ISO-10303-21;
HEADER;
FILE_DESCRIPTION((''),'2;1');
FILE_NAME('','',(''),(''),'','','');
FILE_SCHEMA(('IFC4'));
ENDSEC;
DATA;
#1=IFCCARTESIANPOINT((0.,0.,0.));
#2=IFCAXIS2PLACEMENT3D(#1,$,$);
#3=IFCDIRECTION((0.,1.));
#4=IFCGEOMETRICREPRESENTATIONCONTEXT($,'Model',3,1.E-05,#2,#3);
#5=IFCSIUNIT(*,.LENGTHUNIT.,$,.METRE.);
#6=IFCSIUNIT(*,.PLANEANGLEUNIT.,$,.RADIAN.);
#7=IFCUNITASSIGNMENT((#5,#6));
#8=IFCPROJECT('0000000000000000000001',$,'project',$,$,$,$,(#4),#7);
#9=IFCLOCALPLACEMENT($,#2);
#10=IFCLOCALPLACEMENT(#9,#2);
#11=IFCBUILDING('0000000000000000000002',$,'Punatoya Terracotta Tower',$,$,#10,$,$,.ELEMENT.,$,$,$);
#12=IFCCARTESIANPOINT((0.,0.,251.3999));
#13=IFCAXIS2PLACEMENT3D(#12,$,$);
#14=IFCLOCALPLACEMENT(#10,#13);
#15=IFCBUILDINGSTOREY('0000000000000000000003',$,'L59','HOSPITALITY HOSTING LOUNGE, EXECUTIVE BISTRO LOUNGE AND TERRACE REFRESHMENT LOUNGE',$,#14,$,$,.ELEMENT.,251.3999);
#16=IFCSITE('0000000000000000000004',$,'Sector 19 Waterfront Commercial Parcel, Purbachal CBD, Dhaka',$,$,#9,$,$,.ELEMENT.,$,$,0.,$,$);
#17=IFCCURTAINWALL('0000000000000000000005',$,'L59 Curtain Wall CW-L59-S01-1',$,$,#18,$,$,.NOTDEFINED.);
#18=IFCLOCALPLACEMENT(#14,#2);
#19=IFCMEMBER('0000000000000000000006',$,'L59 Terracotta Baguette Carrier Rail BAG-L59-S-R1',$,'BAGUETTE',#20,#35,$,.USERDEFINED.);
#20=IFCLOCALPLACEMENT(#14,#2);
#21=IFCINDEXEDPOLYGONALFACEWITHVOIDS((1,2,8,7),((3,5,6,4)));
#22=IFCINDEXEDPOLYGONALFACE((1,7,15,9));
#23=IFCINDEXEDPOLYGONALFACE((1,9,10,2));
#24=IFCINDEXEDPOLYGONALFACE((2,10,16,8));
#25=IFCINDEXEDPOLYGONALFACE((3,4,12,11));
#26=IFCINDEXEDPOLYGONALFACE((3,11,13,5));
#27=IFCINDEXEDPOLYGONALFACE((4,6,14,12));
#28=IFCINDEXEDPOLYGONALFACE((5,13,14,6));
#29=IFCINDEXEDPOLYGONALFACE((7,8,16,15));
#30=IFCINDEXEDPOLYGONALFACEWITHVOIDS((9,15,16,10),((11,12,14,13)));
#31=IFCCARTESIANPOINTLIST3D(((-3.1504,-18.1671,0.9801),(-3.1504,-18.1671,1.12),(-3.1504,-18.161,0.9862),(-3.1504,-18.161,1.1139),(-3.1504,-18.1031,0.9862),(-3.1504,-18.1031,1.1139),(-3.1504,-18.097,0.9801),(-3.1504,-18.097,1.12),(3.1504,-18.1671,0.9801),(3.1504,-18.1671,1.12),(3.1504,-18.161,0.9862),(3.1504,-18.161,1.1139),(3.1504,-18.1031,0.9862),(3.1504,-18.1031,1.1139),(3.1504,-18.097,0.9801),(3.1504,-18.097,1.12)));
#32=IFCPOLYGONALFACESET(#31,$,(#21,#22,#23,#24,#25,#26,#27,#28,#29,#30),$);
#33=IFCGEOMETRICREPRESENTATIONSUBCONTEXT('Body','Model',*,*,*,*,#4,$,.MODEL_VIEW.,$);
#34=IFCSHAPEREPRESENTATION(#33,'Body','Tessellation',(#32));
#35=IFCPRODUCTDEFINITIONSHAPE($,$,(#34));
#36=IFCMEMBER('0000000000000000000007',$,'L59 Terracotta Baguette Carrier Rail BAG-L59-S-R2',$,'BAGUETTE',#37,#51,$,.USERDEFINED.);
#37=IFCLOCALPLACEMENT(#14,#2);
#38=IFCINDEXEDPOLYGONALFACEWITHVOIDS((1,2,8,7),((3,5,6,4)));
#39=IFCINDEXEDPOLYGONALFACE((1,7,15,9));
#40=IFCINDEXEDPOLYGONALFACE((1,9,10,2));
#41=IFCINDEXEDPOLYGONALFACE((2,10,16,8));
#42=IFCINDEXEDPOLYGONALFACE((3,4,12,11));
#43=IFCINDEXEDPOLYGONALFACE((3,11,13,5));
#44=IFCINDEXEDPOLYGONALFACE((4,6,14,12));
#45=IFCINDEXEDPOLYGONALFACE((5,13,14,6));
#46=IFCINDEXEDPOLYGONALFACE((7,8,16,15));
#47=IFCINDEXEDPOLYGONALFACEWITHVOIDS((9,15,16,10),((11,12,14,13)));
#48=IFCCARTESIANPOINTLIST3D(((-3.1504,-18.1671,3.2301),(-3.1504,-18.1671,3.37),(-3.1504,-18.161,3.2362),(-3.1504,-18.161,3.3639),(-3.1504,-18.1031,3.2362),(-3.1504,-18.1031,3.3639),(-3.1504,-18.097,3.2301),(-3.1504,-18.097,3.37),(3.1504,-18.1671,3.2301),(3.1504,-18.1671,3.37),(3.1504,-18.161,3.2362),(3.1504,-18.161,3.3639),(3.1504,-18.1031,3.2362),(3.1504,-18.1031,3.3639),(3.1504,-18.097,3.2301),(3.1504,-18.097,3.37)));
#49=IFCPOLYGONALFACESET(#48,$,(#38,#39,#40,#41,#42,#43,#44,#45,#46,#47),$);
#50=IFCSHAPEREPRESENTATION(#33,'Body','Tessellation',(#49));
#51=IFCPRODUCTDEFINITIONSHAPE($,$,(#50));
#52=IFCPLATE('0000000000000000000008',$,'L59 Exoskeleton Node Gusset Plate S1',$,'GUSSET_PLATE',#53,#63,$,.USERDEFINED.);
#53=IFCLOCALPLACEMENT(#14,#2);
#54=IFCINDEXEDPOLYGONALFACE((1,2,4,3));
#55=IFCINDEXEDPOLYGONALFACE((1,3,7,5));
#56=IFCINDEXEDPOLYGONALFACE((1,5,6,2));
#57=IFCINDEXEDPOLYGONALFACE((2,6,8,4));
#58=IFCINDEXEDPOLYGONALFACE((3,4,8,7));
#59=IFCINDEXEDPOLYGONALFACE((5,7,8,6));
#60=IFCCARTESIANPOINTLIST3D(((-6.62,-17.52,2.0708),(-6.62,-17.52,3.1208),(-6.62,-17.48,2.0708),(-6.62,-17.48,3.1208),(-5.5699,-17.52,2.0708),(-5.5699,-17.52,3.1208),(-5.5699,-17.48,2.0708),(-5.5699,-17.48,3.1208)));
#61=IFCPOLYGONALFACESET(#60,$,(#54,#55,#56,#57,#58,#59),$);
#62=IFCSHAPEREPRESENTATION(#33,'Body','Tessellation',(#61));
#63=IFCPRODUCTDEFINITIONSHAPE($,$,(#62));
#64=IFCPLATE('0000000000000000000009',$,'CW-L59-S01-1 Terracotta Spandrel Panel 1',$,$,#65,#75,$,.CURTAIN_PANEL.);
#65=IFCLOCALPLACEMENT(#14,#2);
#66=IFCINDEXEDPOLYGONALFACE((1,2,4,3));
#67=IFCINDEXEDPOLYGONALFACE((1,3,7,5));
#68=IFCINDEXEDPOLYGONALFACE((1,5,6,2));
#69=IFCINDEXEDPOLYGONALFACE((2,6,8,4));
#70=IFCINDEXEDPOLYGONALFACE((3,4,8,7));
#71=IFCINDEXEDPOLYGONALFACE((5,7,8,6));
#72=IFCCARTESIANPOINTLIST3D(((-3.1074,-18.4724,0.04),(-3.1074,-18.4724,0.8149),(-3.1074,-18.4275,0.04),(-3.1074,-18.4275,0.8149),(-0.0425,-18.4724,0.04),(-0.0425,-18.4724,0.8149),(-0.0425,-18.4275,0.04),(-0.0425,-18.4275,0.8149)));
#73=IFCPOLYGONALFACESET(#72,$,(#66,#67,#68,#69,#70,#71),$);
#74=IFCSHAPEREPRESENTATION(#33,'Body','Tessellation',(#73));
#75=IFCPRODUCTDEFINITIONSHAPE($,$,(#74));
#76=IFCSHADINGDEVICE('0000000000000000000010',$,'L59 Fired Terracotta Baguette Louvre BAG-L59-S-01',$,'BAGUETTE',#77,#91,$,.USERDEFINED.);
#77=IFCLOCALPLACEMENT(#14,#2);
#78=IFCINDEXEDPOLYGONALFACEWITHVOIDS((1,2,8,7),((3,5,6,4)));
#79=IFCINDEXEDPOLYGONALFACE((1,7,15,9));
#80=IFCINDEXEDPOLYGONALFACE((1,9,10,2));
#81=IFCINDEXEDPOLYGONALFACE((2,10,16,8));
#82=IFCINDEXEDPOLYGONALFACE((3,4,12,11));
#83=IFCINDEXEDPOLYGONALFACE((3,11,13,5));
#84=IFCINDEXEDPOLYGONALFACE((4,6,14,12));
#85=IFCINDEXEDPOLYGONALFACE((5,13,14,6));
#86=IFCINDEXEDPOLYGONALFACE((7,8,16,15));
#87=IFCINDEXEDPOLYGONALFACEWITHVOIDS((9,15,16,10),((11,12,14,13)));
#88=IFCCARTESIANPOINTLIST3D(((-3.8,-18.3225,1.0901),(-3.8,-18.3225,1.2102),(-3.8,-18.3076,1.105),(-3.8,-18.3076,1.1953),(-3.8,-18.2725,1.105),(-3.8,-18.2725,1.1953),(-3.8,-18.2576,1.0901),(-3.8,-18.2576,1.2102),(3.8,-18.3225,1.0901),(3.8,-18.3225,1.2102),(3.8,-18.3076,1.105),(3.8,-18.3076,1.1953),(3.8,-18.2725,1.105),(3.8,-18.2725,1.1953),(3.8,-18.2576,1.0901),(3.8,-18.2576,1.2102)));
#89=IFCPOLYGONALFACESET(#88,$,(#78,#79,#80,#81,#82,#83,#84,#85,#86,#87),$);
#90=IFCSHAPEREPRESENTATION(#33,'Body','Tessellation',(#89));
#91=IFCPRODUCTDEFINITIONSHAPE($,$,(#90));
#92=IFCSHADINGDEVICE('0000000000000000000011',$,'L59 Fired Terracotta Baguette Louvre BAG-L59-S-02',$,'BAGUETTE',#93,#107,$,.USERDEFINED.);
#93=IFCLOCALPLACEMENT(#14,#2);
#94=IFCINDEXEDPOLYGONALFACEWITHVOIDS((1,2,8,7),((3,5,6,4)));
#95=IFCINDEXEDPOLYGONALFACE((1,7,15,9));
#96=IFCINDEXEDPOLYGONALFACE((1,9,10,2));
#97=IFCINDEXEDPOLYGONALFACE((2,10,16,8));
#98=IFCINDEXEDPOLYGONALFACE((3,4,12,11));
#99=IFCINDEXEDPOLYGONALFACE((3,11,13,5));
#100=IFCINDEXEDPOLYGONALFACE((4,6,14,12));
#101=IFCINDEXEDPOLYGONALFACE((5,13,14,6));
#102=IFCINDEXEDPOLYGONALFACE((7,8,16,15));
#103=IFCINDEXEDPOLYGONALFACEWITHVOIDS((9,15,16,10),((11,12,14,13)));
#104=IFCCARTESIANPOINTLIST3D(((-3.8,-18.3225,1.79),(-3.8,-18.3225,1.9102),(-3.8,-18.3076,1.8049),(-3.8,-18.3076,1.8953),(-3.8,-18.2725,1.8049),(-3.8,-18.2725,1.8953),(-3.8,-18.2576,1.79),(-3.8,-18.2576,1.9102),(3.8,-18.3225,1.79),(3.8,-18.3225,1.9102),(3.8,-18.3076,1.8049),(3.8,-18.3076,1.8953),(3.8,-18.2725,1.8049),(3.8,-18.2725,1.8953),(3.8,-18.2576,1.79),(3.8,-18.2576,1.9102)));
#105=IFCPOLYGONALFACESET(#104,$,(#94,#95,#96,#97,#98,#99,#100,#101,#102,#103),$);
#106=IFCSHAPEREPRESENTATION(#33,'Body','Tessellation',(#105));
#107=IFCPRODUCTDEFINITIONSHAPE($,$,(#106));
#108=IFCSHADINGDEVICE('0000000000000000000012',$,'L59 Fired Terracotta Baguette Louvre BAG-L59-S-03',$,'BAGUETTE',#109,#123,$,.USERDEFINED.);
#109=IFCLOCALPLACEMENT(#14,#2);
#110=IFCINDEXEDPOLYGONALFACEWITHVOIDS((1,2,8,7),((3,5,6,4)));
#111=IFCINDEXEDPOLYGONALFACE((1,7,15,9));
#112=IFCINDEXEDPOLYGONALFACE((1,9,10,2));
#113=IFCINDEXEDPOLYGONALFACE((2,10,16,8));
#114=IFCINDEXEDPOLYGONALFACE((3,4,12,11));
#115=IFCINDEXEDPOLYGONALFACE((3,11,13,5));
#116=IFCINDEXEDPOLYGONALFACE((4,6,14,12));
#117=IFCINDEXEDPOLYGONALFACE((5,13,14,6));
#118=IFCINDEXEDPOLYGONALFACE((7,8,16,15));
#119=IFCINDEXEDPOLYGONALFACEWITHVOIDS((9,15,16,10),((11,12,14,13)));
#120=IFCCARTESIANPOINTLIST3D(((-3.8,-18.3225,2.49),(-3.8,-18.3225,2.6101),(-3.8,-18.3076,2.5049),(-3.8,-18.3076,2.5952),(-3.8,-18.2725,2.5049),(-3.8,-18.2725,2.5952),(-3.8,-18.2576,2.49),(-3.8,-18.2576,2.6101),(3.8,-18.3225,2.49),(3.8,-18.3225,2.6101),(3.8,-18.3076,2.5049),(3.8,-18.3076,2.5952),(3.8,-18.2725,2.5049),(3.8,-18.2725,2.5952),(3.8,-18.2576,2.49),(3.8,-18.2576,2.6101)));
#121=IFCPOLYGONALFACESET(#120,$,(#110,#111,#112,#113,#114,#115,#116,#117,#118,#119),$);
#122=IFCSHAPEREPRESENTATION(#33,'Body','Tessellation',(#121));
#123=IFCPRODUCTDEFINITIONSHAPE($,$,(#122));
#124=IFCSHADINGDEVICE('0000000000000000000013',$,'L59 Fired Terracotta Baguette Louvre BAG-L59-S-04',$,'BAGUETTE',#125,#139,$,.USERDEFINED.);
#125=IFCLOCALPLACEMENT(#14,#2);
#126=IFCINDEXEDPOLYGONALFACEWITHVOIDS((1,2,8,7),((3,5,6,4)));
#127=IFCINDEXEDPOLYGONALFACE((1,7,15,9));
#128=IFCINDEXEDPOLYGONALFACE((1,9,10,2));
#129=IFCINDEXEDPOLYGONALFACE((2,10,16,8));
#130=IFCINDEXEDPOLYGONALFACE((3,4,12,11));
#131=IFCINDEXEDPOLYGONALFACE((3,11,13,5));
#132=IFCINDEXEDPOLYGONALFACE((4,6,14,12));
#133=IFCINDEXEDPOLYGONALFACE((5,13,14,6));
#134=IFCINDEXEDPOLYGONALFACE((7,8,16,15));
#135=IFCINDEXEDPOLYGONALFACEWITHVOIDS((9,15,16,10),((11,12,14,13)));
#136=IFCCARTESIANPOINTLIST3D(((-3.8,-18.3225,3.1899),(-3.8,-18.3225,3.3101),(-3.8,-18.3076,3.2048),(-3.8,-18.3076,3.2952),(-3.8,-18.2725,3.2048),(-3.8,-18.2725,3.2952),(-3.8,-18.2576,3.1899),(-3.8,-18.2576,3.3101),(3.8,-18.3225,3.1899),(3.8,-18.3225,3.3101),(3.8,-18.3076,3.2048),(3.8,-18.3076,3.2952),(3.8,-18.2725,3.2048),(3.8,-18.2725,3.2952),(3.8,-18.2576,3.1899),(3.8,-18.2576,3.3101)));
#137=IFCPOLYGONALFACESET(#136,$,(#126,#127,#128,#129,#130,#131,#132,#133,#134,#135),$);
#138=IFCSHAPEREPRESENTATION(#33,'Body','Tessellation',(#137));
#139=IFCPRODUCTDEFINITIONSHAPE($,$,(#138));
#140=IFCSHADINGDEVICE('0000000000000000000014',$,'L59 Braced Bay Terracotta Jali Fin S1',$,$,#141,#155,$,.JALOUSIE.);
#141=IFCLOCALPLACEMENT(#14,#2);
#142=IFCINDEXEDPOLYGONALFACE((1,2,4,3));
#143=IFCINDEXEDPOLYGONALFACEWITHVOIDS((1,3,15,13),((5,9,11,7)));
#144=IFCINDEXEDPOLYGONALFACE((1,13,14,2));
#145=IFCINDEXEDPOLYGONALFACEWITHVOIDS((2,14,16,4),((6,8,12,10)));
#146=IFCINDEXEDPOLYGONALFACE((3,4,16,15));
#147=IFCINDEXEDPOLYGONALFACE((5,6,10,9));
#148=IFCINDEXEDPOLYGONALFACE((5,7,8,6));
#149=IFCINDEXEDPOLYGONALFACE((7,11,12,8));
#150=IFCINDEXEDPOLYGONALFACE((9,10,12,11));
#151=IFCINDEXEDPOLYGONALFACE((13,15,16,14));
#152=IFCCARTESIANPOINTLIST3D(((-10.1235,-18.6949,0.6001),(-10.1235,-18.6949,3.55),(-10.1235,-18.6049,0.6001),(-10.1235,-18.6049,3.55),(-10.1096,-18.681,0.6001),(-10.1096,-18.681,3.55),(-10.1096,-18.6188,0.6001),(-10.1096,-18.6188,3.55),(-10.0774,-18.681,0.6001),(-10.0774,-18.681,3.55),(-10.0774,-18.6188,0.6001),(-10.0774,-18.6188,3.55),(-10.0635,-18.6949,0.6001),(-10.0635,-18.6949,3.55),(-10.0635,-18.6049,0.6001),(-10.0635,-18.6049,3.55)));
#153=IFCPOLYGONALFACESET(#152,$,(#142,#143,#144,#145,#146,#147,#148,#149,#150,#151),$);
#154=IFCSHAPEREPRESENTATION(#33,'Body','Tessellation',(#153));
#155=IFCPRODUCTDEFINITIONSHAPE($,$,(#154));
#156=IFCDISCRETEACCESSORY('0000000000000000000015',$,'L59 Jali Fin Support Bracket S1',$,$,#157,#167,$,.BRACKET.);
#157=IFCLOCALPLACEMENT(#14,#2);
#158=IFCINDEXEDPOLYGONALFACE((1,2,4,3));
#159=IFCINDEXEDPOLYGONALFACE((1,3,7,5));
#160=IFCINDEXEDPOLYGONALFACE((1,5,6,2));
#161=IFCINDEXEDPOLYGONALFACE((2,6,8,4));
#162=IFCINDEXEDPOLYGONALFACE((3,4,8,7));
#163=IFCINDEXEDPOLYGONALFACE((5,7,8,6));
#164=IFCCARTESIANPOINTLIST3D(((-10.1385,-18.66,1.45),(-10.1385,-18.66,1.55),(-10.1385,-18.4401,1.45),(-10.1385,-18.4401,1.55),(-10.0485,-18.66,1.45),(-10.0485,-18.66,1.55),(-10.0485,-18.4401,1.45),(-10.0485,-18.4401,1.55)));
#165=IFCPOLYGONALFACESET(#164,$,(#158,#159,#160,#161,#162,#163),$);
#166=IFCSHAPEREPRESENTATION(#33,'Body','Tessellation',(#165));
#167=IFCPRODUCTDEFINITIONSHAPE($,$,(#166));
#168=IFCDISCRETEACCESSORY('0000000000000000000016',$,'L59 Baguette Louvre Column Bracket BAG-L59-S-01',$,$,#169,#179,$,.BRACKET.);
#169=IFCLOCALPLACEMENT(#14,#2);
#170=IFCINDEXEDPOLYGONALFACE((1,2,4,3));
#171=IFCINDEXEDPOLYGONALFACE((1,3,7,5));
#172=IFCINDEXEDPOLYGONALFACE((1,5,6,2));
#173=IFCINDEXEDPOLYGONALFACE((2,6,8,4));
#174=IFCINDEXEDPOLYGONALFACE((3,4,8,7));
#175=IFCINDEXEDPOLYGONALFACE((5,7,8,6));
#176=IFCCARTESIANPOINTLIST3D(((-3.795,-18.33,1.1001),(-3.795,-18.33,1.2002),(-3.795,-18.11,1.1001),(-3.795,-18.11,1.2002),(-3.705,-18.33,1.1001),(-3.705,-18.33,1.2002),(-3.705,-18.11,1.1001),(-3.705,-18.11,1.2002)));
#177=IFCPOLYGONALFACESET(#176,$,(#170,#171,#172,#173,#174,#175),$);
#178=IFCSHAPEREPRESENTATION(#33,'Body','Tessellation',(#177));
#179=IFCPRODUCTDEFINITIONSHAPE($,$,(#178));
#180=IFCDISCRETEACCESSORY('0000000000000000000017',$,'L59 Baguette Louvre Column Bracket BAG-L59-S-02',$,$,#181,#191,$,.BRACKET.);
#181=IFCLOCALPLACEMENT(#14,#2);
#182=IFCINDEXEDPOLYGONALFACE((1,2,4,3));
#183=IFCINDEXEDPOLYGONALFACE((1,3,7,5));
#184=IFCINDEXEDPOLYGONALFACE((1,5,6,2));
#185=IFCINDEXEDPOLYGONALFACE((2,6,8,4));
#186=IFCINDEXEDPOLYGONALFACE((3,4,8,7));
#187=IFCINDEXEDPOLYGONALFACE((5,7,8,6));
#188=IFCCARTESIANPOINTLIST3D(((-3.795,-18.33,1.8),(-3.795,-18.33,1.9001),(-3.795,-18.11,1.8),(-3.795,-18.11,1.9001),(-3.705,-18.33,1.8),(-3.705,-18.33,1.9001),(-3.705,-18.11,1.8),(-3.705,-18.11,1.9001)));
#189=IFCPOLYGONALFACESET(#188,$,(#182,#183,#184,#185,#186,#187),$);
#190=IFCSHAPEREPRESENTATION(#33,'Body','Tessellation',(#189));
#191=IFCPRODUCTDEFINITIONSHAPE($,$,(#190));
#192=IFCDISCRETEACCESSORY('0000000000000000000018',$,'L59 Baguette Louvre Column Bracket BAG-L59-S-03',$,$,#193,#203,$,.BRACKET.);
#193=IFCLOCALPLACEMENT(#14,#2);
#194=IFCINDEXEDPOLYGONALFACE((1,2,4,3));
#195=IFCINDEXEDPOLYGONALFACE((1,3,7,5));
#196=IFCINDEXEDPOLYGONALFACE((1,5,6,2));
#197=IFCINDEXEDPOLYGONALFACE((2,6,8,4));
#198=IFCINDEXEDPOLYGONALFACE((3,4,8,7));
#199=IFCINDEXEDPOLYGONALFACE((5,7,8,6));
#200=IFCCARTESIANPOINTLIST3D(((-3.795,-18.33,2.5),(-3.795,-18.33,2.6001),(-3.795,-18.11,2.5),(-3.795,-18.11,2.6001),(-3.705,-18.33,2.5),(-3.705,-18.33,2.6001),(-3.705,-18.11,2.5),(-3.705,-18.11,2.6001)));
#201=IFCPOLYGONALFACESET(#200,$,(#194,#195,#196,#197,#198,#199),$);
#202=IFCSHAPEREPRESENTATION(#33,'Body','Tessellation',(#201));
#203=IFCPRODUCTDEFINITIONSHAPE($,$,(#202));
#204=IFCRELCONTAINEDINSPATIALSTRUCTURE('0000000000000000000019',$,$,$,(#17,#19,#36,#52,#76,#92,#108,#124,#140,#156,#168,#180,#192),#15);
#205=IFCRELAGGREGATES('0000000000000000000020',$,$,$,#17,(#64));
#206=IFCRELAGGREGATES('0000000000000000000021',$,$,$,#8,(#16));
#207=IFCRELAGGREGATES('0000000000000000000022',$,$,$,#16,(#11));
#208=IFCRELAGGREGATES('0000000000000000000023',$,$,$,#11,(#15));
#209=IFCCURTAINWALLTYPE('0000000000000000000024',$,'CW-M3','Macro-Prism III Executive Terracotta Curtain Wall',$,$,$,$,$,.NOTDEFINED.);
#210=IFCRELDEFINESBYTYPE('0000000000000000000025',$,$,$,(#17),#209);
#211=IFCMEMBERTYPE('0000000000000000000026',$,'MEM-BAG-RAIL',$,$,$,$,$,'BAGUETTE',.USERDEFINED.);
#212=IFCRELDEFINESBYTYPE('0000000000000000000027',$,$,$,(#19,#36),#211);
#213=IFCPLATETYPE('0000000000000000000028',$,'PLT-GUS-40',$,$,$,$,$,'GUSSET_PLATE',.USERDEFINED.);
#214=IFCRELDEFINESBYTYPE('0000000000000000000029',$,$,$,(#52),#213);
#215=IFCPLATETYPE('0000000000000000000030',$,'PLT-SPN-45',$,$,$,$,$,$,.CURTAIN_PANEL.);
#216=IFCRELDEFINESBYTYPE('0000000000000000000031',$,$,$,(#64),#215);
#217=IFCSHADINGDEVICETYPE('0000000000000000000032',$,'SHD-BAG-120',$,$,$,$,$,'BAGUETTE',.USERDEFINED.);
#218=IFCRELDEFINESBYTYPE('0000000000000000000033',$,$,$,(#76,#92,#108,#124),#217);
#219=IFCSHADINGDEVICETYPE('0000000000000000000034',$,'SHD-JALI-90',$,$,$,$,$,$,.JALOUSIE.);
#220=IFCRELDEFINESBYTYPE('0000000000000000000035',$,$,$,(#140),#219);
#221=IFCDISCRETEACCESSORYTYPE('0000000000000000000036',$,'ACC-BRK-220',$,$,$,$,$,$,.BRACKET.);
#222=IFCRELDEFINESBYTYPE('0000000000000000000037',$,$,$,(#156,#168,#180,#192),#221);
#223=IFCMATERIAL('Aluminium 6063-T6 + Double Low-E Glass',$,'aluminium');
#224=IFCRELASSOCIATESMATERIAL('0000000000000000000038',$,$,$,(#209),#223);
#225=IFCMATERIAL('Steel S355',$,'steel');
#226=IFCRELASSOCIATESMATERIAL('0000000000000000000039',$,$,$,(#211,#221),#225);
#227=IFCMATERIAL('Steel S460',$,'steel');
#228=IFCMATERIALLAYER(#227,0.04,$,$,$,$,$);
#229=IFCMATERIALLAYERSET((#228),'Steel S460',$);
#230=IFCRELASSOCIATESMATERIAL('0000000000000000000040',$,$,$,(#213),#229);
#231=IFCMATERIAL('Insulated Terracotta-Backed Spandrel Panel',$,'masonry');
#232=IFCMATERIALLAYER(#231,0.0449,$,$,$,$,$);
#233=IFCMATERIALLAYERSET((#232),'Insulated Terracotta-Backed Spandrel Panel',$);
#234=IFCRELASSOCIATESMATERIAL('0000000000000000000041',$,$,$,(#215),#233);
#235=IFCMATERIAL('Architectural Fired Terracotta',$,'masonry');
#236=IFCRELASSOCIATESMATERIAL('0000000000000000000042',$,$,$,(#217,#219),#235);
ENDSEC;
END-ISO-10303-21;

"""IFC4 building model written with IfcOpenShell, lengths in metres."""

from ifc_helpers import new_model, si_unit, direction, frame, origin, origin_2d, place, context, subcontext, project, spatial, rectangle, hollow_rectangle, extrude, material, layer, layer_set, material_profile, profile_set, type_object, element, aggregate, save


model = new_model("IFC4")

# Units and contexts
model_context = context("Model", 3, precision=1e-05, world=origin(), true_north=direction((0.0, 1.0)))
body_context = subcontext(model_context, "Body", "Model", "MODEL_VIEW")
ifc_project = project(units=[si_unit("LENGTHUNIT", "METRE"), si_unit("PLANEANGLEUNIT", "RADIAN")], contexts=[model_context])

# Site, building, storey
site_placement = place(None, origin())
site = spatial("IfcSite", under=ifc_project, at=site_placement, Name="Sector 19 Waterfront Commercial Parcel, Purbachal CBD, Dhaka", CompositionType="ELEMENT", RefElevation=0.0)
building_placement = place(site_placement, origin())
building = spatial("IfcBuilding", under=site, at=building_placement, Name="Punatoya Terracotta Tower", CompositionType="ELEMENT")
storey_placement = place(building_placement, frame((0.0, 0.0, 251.3999)))
storey = spatial("IfcBuildingStorey", under=building, at=storey_placement, Name="L59", Description="HOSPITALITY HOSTING LOUNGE, EXECUTIVE BISTRO LOUNGE AND TERRACE REFRESHMENT LOUNGE", CompositionType="ELEMENT", Elevation=251.3999)

# Shared definitions
ifc_material_1 = material(Name="Steel S460", Category="steel")

# Curtain wall
ifc_material_2 = material(Name="Aluminium 6063-T6 + Double Low-E Glass", Category="aluminium")
curtain_wall_type = type_object("IfcCurtainWallType", Name="CW-M3", Description="Macro-Prism III Executive Terracotta Curtain Wall", PredefinedType="NOTDEFINED", material=ifc_material_2)
curtain_wall_placement = place(storey_placement, origin())
curtain_wall = element("IfcCurtainWall", 1, at=curtain_wall_placement, inside=storey, type_object=curtain_wall_type, Name="L59 Curtain Wall CW-L59-S01-1", PredefinedType="NOTDEFINED")

# Members
ifc_material_3 = material(Name="Steel S355", Category="steel")
ifc_material_profile_1 = material_profile(ifc_material_3, hollow_rectangle(XDim=0.0701, YDim=0.1399, WallThickness=0.0061, at=origin_2d()))
ifc_profile_set_1 = profile_set([ifc_material_profile_1], Name="Steel S355")
member_type_1 = type_object("IfcMemberType", Name="MEM-BAG-RAIL", ElementType="BAGUETTE", PredefinedType="USERDEFINED", material=ifc_profile_set_1)
for number, where, z_axis, x_axis, name in (
    (2, (-3.1504, -18.1321, 1.05), (1.0, 0.0, 0.0), (0.0, 1.0, 0.0), "L59 Terracotta Baguette Carrier Rail BAG-L59-S-R1"),
    (3, (-3.1504, -18.1321, 3.3), (1.0, 0.0, 0.0), (0.0, 1.0, 0.0), "L59 Terracotta Baguette Carrier Rail BAG-L59-S-R2"),
):
    element("IfcMember", number, at=place(storey_placement, frame(where, z_axis=z_axis, x_axis=x_axis)), inside=storey, type_object=member_type_1, Name=name, ObjectType="BAGUETTE", PredefinedType="USERDEFINED", context=body_context, shape_type="SweptSolid", body=[
        extrude(hollow_rectangle(XDim=0.0701, YDim=0.1399, WallThickness=0.0061, at=origin_2d()), origin(), (0.0, 0.0, 1.0), 6.3008),
    ])

# Plates
ifc_layer_1 = layer(ifc_material_1, 0.04)
ifc_layer_set_1 = layer_set([ifc_layer_1], Name="Steel S460")
plate_type_1 = type_object("IfcPlateType", Name="PLT-GUS-40", ElementType="GUSSET_PLATE", PredefinedType="USERDEFINED", material=ifc_layer_set_1)
plate_1_placement = place(storey_placement, frame((-6.095, -17.5, 2.0708), z_axis=(0.0, 0.0, 1.0), x_axis=(1.0, 0.0, 0.0)))
element("IfcPlate", 4, at=plate_1_placement, inside=storey, type_object=plate_type_1, Name="L59 Exoskeleton Node Gusset Plate S1", ObjectType="GUSSET_PLATE", PredefinedType="USERDEFINED", context=body_context, shape_type="SweptSolid", body=[
    extrude(rectangle(XDim=1.05, YDim=0.04, at=origin_2d()), origin(), (0.0, 0.0, 1.0), 1.05),
])
ifc_material_4 = material(Name="Insulated Terracotta-Backed Spandrel Panel", Category="masonry")
ifc_layer_2 = layer(ifc_material_4, 0.0449)
ifc_layer_set_2 = layer_set([ifc_layer_2], Name="Insulated Terracotta-Backed Spandrel Panel")
plate_type_2 = type_object("IfcPlateType", Name="PLT-SPN-45", PredefinedType="CURTAIN_PANEL", material=ifc_layer_set_2)
plate_2_placement = place(storey_placement, frame((-1.575, -18.45, 0.04), z_axis=(0.0, 0.0, 1.0), x_axis=(1.0, 0.0, 0.0)))
plate_2 = element("IfcPlate", 5, at=plate_2_placement, type_object=plate_type_2, Name="CW-L59-S01-1 Terracotta Spandrel Panel 1", PredefinedType="CURTAIN_PANEL", context=body_context, shape_type="SweptSolid", body=[
    extrude(rectangle(XDim=3.0649, YDim=0.0449, at=origin_2d()), origin(), (0.0, 0.0, 1.0), 0.7749),
])
aggregate(curtain_wall, [plate_2])

# Shading devices
ifc_material_5 = material(Name="Architectural Fired Terracotta", Category="masonry")
ifc_material_profile_2 = material_profile(ifc_material_5, hollow_rectangle(XDim=0.0649, YDim=0.1201, WallThickness=0.0149, at=origin_2d()))
ifc_profile_set_2 = profile_set([ifc_material_profile_2], Name="Architectural Fired Terracotta")
shading_device_type_1 = type_object("IfcShadingDeviceType", Name="SHD-BAG-120", ElementType="BAGUETTE", PredefinedType="USERDEFINED", material=ifc_profile_set_2)
for number, where, z_axis, x_axis, name in (
    (6, (-3.8, -18.29, 1.1501), (1.0, 0.0, 0.0), (0.0, 1.0, 0.0), "L59 Fired Terracotta Baguette Louvre BAG-L59-S-01"),
    (7, (-3.8, -18.29, 1.8501), (1.0, 0.0, 0.0), (0.0, 1.0, 0.0), "L59 Fired Terracotta Baguette Louvre BAG-L59-S-02"),
    (8, (-3.8, -18.29, 2.55), (1.0, 0.0, 0.0), (0.0, 1.0, 0.0), "L59 Fired Terracotta Baguette Louvre BAG-L59-S-03"),
    (9, (-3.8, -18.29, 3.25), (1.0, 0.0, 0.0), (0.0, 1.0, 0.0), "L59 Fired Terracotta Baguette Louvre BAG-L59-S-04"),
):
    element("IfcShadingDevice", number, at=place(storey_placement, frame(where, z_axis=z_axis, x_axis=x_axis)), inside=storey, type_object=shading_device_type_1, Name=name, ObjectType="BAGUETTE", PredefinedType="USERDEFINED", context=body_context, shape_type="SweptSolid", body=[
        extrude(hollow_rectangle(XDim=0.0649, YDim=0.1201, WallThickness=0.0149, at=origin_2d()), origin(), (0.0, 0.0, 1.0), 7.6001),
    ])
ifc_material_profile_3 = material_profile(ifc_material_5, hollow_rectangle(XDim=0.0601, YDim=0.0901, WallThickness=0.0139, at=origin_2d()))
ifc_profile_set_3 = profile_set([ifc_material_profile_3], Name="Architectural Fired Terracotta")
shading_device_type_2 = type_object("IfcShadingDeviceType", Name="SHD-JALI-90", PredefinedType="JALOUSIE", material=ifc_profile_set_3)
shading_device_placement = place(storey_placement, frame((-10.0935, -18.6499, 0.6001), z_axis=(0.0, 0.0, 1.0), x_axis=(1.0, 0.0, 0.0)))
element("IfcShadingDevice", 10, at=shading_device_placement, inside=storey, type_object=shading_device_type_2, Name="L59 Braced Bay Terracotta Jali Fin S1", PredefinedType="JALOUSIE", context=body_context, shape_type="SweptSolid", body=[
    extrude(hollow_rectangle(XDim=0.0601, YDim=0.0901, WallThickness=0.0139, at=origin_2d()), origin(), (0.0, 0.0, 1.0), 2.95),
])

# Discrete accessories
discrete_accessory_type = type_object("IfcDiscreteAccessoryType", Name="ACC-BRK-220", PredefinedType="BRACKET", material=ifc_material_3)
for number, where, z_axis, x_axis, name in (
    (11, (-10.0935, -18.55, 1.45), (0.0, 0.0, 1.0), (1.0, 0.0, 0.0), "L59 Jali Fin Support Bracket S1"),
    (12, (-3.75, -18.22, 1.1001), (0.0, 0.0, 1.0), (1.0, 0.0, 0.0), "L59 Baguette Louvre Column Bracket BAG-L59-S-01"),
    (13, (-3.75, -18.22, 1.8), (0.0, 0.0, 1.0), (1.0, 0.0, 0.0), "L59 Baguette Louvre Column Bracket BAG-L59-S-02"),
    (14, (-3.75, -18.22, 2.5), (0.0, 0.0, 1.0), (1.0, 0.0, 0.0), "L59 Baguette Louvre Column Bracket BAG-L59-S-03"),
):
    element("IfcDiscreteAccessory", number, at=place(storey_placement, frame(where, z_axis=z_axis, x_axis=x_axis)), inside=storey, type_object=discrete_accessory_type, Name=name, PredefinedType="BRACKET", context=body_context, shape_type="SweptSolid", body=[
        extrude(rectangle(XDim=0.0901, YDim=0.22, at=origin_2d()), origin(), (0.0, 0.0, 1.0), 0.1001),
    ])

save(model, "model.ifc")
